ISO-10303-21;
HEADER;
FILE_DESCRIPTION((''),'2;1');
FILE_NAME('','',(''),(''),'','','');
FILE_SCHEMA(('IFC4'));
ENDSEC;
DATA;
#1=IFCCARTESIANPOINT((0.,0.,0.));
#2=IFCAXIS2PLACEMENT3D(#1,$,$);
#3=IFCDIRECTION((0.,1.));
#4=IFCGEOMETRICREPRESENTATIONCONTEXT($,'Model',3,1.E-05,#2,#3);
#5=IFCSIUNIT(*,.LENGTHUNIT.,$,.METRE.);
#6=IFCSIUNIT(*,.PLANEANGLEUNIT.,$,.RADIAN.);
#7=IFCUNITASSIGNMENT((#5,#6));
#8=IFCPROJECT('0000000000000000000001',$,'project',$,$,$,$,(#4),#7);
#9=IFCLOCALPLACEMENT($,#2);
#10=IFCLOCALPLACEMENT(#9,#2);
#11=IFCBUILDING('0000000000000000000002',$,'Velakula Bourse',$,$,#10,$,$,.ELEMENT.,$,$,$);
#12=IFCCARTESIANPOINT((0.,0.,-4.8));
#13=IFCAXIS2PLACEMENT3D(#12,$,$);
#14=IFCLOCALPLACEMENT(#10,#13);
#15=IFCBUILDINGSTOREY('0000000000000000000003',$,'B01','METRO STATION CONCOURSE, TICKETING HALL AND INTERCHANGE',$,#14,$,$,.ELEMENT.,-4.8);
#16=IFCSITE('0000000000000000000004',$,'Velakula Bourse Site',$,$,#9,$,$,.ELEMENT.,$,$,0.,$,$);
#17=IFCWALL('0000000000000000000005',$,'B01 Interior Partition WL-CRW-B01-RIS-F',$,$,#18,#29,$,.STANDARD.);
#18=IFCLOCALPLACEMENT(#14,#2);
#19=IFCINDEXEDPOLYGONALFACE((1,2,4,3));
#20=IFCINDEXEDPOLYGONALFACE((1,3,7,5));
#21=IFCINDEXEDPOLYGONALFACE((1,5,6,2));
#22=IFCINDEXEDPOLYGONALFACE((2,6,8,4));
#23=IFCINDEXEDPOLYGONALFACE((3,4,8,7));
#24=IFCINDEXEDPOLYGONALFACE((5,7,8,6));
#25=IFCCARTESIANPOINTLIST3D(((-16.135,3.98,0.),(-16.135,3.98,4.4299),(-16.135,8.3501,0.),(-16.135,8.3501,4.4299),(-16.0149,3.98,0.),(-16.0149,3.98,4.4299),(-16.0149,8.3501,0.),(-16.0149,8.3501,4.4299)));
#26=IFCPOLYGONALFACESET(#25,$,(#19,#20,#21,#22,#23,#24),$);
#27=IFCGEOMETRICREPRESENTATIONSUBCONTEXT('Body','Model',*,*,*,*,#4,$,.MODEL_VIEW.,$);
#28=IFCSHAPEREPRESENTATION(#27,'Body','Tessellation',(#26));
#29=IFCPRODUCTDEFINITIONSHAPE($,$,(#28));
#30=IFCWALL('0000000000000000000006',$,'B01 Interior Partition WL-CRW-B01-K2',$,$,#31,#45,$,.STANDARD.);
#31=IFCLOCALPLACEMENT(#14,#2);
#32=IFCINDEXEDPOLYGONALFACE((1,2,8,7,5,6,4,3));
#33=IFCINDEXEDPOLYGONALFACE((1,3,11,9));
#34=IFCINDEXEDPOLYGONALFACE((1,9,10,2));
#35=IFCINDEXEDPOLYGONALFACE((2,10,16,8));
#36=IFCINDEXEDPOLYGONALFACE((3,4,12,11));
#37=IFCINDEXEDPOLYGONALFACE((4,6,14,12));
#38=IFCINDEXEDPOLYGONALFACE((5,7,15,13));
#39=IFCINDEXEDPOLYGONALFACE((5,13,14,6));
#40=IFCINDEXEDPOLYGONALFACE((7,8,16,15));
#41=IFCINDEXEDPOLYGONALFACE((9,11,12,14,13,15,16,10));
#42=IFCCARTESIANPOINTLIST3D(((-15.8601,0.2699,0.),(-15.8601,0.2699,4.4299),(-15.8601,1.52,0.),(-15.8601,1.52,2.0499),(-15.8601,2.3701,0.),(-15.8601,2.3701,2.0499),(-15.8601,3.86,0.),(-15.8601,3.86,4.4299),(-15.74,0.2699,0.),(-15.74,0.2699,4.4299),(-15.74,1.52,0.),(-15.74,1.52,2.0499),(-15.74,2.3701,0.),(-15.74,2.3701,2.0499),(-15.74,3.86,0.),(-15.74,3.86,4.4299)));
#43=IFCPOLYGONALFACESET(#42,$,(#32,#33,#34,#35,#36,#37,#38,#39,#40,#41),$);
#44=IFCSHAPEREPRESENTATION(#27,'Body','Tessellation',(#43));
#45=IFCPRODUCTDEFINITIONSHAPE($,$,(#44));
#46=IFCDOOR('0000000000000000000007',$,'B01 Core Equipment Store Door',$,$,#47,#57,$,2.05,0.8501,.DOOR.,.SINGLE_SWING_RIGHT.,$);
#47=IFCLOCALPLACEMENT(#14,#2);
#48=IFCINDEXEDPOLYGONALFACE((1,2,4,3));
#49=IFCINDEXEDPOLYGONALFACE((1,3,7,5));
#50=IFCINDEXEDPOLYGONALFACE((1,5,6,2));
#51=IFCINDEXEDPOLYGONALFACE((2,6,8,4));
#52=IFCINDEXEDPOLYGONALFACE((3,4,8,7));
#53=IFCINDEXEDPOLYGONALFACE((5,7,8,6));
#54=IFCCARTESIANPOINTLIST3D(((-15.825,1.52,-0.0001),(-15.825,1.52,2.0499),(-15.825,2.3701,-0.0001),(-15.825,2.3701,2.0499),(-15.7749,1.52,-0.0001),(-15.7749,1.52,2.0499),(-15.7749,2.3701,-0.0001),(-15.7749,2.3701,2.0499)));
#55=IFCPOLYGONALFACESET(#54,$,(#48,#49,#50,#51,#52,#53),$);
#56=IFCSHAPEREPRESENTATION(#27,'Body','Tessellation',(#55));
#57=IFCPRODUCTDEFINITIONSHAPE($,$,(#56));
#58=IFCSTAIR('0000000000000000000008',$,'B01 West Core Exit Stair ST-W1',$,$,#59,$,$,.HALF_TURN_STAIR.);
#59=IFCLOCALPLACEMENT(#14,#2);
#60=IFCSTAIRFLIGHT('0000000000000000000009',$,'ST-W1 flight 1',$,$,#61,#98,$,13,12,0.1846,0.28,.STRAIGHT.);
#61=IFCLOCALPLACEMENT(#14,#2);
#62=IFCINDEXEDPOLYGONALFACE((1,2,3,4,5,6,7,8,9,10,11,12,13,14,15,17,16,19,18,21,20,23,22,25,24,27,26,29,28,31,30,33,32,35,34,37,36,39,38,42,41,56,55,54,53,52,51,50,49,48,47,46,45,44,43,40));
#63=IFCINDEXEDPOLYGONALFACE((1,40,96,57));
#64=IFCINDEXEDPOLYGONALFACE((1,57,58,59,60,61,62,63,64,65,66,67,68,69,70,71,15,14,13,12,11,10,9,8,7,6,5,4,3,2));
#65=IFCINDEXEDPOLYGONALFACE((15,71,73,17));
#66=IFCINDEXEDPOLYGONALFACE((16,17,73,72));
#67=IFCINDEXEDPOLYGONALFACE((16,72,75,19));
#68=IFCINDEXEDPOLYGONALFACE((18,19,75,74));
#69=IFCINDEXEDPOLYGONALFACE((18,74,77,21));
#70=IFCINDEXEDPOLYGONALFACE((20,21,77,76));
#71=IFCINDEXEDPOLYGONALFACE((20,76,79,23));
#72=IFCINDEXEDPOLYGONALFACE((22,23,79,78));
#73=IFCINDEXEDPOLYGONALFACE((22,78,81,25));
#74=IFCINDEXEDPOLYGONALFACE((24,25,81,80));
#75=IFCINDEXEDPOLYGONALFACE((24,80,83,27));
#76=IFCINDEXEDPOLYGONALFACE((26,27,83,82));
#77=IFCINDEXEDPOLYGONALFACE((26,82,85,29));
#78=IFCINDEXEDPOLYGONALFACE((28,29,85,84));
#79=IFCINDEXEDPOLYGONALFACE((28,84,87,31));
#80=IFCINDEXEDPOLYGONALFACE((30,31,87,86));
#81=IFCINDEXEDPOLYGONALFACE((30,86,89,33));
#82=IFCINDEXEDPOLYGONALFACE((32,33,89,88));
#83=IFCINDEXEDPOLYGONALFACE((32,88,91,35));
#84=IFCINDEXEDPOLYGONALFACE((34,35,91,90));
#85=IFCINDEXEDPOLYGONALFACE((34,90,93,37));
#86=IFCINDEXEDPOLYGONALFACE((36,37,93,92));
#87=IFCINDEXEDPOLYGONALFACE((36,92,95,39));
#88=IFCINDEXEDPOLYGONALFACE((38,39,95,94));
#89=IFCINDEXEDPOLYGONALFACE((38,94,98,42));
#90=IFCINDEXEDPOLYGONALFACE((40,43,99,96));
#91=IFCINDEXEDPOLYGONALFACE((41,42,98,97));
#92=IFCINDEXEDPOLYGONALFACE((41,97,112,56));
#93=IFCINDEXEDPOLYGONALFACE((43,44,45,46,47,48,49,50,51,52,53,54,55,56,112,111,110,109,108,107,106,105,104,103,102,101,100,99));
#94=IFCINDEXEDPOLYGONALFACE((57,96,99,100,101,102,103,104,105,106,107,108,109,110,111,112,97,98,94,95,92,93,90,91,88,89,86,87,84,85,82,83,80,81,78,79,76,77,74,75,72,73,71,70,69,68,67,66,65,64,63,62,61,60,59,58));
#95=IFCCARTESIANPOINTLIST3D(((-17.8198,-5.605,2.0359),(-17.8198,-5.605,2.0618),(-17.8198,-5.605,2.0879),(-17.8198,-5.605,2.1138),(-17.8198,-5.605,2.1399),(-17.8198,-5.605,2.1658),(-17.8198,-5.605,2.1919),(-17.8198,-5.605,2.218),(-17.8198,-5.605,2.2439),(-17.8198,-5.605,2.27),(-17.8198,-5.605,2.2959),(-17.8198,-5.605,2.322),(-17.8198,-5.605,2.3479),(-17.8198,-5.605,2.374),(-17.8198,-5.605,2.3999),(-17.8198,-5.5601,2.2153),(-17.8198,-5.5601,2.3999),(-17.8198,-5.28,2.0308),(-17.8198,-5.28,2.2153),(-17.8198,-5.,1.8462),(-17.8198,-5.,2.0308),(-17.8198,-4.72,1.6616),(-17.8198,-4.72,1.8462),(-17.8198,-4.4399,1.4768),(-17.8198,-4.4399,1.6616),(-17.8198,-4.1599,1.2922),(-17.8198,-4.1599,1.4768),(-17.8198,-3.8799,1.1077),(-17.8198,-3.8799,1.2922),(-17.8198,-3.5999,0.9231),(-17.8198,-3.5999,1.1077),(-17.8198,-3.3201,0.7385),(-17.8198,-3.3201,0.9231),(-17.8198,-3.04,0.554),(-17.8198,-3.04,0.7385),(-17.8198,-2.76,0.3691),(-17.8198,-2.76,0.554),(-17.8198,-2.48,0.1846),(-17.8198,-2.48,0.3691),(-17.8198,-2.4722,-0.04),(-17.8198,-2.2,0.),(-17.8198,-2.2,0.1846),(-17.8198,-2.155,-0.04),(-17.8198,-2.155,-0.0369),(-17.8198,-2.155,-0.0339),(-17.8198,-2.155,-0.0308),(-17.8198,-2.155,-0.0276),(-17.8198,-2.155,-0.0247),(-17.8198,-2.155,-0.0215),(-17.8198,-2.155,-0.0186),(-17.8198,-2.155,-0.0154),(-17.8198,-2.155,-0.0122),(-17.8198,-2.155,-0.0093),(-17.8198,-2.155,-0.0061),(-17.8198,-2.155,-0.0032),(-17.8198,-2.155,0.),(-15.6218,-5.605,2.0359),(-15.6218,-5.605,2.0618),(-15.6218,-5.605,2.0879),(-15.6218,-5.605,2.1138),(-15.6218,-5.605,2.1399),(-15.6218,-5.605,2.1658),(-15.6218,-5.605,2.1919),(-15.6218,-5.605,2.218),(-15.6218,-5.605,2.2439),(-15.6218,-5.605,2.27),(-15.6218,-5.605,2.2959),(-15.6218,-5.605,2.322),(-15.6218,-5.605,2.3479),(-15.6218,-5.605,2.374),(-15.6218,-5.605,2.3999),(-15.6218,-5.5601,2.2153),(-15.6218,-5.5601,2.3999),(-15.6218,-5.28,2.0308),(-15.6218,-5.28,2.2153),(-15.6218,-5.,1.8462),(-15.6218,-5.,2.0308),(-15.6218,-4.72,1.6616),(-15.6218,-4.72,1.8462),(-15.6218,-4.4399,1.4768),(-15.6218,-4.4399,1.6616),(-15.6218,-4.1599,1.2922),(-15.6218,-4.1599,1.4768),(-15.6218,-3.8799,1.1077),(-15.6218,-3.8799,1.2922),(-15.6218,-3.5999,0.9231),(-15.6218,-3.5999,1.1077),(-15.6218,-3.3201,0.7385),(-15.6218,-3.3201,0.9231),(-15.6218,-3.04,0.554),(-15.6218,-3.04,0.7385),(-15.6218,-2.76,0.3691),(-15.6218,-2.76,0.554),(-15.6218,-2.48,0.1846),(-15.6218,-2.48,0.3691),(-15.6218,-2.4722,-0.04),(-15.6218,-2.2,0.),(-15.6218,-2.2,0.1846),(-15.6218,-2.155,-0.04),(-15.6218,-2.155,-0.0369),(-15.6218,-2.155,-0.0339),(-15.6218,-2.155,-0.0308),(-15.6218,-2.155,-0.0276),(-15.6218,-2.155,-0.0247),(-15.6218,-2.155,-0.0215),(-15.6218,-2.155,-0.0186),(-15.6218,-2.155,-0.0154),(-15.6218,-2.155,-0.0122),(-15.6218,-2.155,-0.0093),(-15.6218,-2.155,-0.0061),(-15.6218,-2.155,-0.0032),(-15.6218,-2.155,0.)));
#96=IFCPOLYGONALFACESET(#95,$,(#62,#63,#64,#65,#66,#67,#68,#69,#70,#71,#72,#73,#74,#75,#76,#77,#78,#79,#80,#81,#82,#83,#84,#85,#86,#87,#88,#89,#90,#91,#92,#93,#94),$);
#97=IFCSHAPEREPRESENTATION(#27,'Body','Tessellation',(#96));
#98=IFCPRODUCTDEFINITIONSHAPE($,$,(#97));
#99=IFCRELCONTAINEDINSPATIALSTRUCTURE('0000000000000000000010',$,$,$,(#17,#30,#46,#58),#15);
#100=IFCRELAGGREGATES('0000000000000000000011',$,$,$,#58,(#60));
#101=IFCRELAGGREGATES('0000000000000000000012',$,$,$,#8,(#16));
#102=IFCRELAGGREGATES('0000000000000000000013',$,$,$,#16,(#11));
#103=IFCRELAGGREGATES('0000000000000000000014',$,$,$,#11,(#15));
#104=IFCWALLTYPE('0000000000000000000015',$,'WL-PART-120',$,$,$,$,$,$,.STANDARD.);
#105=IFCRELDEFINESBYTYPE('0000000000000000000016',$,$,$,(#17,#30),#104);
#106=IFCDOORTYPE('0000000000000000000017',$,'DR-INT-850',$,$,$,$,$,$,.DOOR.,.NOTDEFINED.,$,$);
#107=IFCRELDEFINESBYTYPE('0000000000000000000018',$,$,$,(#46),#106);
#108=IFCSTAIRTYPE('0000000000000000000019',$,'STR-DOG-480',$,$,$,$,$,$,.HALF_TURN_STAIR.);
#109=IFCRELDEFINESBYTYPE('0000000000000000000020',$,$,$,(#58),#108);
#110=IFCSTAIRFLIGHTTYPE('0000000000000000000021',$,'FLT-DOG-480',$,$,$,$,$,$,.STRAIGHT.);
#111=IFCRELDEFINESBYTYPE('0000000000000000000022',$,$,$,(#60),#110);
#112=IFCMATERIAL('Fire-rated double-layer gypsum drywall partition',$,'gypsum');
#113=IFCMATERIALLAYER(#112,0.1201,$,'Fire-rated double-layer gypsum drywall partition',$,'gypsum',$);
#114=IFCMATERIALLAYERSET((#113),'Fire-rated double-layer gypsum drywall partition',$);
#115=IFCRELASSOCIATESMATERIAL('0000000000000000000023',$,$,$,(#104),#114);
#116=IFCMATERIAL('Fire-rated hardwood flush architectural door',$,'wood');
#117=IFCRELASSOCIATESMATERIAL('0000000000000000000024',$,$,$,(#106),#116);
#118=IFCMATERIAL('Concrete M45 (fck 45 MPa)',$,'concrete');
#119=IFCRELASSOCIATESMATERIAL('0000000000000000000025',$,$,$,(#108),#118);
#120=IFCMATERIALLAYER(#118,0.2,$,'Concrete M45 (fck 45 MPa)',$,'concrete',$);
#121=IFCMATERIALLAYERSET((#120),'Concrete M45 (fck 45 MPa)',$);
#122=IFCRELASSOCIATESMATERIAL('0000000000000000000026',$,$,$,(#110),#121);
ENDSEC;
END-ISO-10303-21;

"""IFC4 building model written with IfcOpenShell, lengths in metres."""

from ifc_helpers import new_model, si_unit, direction, frame, frame_2d, origin, place, context, subcontext, project, spatial, polyline, rectangle, outline, extrude, material, layer, layer_set, type_object, element, fill, aggregate, save


model = new_model("IFC4")

# Units and contexts
model_context = context("Model", 3, precision=1e-05, world=origin(), true_north=direction((0.0, 1.0)))
body_context = subcontext(model_context, "Body", "Model", "MODEL_VIEW")
ifc_project = project(units=[si_unit("LENGTHUNIT", "METRE"), si_unit("PLANEANGLEUNIT", "RADIAN")], contexts=[model_context])

# Site, building, storey
site_placement = place(None, origin())
site = spatial("IfcSite", under=ifc_project, at=site_placement, Name="Velakula Bourse Site", CompositionType="ELEMENT", RefElevation=0.0)
building_placement = place(site_placement, origin())
building = spatial("IfcBuilding", under=site, at=building_placement, Name="Velakula Bourse", CompositionType="ELEMENT")
storey_placement = place(building_placement, frame((0.0, 0.0, -4.8)))
storey = spatial("IfcBuildingStorey", under=building, at=storey_placement, Name="B01", Description="METRO STATION CONCOURSE, TICKETING HALL AND INTERCHANGE", CompositionType="ELEMENT", Elevation=-4.8)

# Wall
ifc_material_1 = material(Name="Fire-rated double-layer gypsum drywall partition", Category="gypsum")
ifc_layer_1 = layer(ifc_material_1, 0.1201, Name="Fire-rated double-layer gypsum drywall partition", Category="gypsum")
ifc_layer_set_1 = layer_set([ifc_layer_1], Name="Fire-rated double-layer gypsum drywall partition")
wall_type = type_object("IfcWallType", Name="WL-PART-120", PredefinedType="STANDARD", material=ifc_layer_set_1)
wall_1_placement = place(storey_placement, frame((-16.075, 3.98, 0.0), z_axis=(0.0, 0.0, 1.0), x_axis=(0.0, 1.0, 0.0)))
element("IfcWall", 1, at=wall_1_placement, inside=storey, type_object=wall_type, Name="B01 Interior Partition WL-CRW-B01-RIS-F", PredefinedType="STANDARD", context=body_context, shape_type="SweptSolid", body=[
    extrude(rectangle(XDim=4.3701, YDim=0.1201, at=frame_2d((2.1851, 0.0))), origin(), (0.0, 0.0, 1.0), 4.4299),
])

# Wall, opening, door
wall_2_placement = place(storey_placement, frame((-15.8, 0.27, 0.0), z_axis=(0.0, 0.0, 1.0), x_axis=(0.0, 1.0, 0.0)))
wall_2 = element("IfcWall", 2, at=wall_2_placement, inside=storey, type_object=wall_type, Name="B01 Interior Partition WL-CRW-B01-K2", PredefinedType="STANDARD", context=body_context, shape_type="SweptSolid", body=[
    extrude(rectangle(XDim=3.5901, YDim=0.1201, at=frame_2d((1.7949, 0.0))), origin(), (0.0, 0.0, 1.0), 4.4299),
])
opening_placement = place(wall_2_placement, frame((1.25, 0.0, 0.0)))
opening = element("IfcOpeningElement", 3, at=opening_placement, cuts=wall_2, PredefinedType="OPENING", context=body_context, shape_type="SweptSolid", body=[
    extrude(rectangle(XDim=0.8501, YDim=2.05, at=frame_2d((0.425, 1.0249))), frame((0.0, 0.0701, 0.0), z_axis=(0.0, -1.0, 0.0), x_axis=(1.0, 0.0, 0.0)), (0.0, 0.0, 1.0), 0.1401),
])
ifc_material_2 = material(Name="Fire-rated hardwood flush architectural door", Category="wood")
door_type = type_object("IfcDoorType", Name="DR-INT-850", OperationType="NOTDEFINED", PredefinedType="DOOR", material=ifc_material_2)
door_placement = place(opening_placement, origin())
door = element("IfcDoor", 4, at=door_placement, inside=storey, type_object=door_type, Name="B01 Core Equipment Store Door", OperationType="SINGLE_SWING_RIGHT", OverallHeight=2.05, OverallWidth=0.8501, PredefinedType="DOOR", context=body_context, shape_type="SweptSolid", body=[
    extrude(rectangle(XDim=0.8501, YDim=2.05, at=frame_2d((0.425, 1.0249))), frame((0.0, 0.0249, 0.0), z_axis=(0.0, -1.0, 0.0), x_axis=(1.0, 0.0, 0.0)), (0.0, 0.0, 1.0), 0.05),
])
fill(opening, door)

# Stair, stair flight
ifc_material_3 = material(Name="Concrete M45 (fck 45 MPa)", Category="concrete")
stair_type = type_object("IfcStairType", Name="STR-DOG-480", PredefinedType="HALF_TURN_STAIR", material=ifc_material_3)
stair_placement = place(storey_placement, origin())
stair = element("IfcStair", 5, at=stair_placement, inside=storey, type_object=stair_type, Name="B01 West Core Exit Stair ST-W1", PredefinedType="HALF_TURN_STAIR")
ifc_layer_2 = layer(ifc_material_3, 0.2, Name="Concrete M45 (fck 45 MPa)", Category="concrete")
ifc_layer_set_2 = layer_set([ifc_layer_2], Name="Concrete M45 (fck 45 MPa)")
stair_flight_type = type_object("IfcStairFlightType", Name="FLT-DOG-480", PredefinedType="STRAIGHT", material=ifc_layer_set_2)
stair_flight_placement = place(storey_placement, frame((-16.7209, -2.2, 0.0), z_axis=(0.0, 0.0, 1.0), x_axis=(0.0, -1.0, 0.0)))
stair_flight = element("IfcStairFlight", 6, at=stair_flight_placement, type_object=stair_flight_type, Name="ST-W1 flight 1", NumberOfRisers=13, NumberOfTreads=12, PredefinedType="STRAIGHT", RiserHeight=0.1846, TreadLength=0.28, context=body_context, shape_type="SweptSolid", body=[
    extrude(outline(polyline([(-0.0449, -0.04), (-0.0449, -0.0369), (-0.0449, -0.0339), (-0.0449, -0.0308), (-0.0449, -0.0276), (-0.0449, -0.0247), (-0.0449, -0.0215), (-0.0449, -0.0186), (-0.0449, -0.0154), (-0.0449, -0.0122), (-0.0449, -0.0093), (-0.0449, -0.0061), (-0.0449, -0.0032), (-0.0449, 0.0), (0.0, 0.0), (0.0, 0.1846), (0.28, 0.1846), (0.28, 0.3691), (0.5601, 0.3691), (0.5601, 0.554), (0.8401, 0.554), (0.8401, 0.7385), (1.1201, 0.7385), (1.1201, 0.9231), (1.3999, 0.9231), (1.3999, 1.1077), (1.6799, 1.1077), (1.6799, 1.2922), (1.96, 1.2922), (1.96, 1.4768), (2.24, 1.4768), (2.24, 1.6616), (2.52, 1.6616), (2.52, 1.8462), (2.8, 1.8462), (2.8, 2.0308), (3.0801, 2.0308), (3.0801, 2.2153), (3.3601, 2.2153), (3.3601, 2.3999), (3.405, 2.3999), (3.405, 2.374), (3.405, 2.3479), (3.405, 2.322), (3.405, 2.2959), (3.405, 2.27), (3.405, 2.2439), (3.405, 2.218), (3.405, 2.1919), (3.405, 2.1658), (3.405, 2.1399), (3.405, 2.1138), (3.405, 2.0879), (3.405, 2.0618), (3.405, 2.0359), (0.2722, -0.04), (-0.0449, -0.04)])), frame((0.0, 1.0991, 0.0), z_axis=(0.0, -1.0, 0.0), x_axis=(1.0, 0.0, 0.0)), (0.0, 0.0, 1.0), 2.198),
])
aggregate(stair, [stair_flight])

save(model, "model.ifc")
